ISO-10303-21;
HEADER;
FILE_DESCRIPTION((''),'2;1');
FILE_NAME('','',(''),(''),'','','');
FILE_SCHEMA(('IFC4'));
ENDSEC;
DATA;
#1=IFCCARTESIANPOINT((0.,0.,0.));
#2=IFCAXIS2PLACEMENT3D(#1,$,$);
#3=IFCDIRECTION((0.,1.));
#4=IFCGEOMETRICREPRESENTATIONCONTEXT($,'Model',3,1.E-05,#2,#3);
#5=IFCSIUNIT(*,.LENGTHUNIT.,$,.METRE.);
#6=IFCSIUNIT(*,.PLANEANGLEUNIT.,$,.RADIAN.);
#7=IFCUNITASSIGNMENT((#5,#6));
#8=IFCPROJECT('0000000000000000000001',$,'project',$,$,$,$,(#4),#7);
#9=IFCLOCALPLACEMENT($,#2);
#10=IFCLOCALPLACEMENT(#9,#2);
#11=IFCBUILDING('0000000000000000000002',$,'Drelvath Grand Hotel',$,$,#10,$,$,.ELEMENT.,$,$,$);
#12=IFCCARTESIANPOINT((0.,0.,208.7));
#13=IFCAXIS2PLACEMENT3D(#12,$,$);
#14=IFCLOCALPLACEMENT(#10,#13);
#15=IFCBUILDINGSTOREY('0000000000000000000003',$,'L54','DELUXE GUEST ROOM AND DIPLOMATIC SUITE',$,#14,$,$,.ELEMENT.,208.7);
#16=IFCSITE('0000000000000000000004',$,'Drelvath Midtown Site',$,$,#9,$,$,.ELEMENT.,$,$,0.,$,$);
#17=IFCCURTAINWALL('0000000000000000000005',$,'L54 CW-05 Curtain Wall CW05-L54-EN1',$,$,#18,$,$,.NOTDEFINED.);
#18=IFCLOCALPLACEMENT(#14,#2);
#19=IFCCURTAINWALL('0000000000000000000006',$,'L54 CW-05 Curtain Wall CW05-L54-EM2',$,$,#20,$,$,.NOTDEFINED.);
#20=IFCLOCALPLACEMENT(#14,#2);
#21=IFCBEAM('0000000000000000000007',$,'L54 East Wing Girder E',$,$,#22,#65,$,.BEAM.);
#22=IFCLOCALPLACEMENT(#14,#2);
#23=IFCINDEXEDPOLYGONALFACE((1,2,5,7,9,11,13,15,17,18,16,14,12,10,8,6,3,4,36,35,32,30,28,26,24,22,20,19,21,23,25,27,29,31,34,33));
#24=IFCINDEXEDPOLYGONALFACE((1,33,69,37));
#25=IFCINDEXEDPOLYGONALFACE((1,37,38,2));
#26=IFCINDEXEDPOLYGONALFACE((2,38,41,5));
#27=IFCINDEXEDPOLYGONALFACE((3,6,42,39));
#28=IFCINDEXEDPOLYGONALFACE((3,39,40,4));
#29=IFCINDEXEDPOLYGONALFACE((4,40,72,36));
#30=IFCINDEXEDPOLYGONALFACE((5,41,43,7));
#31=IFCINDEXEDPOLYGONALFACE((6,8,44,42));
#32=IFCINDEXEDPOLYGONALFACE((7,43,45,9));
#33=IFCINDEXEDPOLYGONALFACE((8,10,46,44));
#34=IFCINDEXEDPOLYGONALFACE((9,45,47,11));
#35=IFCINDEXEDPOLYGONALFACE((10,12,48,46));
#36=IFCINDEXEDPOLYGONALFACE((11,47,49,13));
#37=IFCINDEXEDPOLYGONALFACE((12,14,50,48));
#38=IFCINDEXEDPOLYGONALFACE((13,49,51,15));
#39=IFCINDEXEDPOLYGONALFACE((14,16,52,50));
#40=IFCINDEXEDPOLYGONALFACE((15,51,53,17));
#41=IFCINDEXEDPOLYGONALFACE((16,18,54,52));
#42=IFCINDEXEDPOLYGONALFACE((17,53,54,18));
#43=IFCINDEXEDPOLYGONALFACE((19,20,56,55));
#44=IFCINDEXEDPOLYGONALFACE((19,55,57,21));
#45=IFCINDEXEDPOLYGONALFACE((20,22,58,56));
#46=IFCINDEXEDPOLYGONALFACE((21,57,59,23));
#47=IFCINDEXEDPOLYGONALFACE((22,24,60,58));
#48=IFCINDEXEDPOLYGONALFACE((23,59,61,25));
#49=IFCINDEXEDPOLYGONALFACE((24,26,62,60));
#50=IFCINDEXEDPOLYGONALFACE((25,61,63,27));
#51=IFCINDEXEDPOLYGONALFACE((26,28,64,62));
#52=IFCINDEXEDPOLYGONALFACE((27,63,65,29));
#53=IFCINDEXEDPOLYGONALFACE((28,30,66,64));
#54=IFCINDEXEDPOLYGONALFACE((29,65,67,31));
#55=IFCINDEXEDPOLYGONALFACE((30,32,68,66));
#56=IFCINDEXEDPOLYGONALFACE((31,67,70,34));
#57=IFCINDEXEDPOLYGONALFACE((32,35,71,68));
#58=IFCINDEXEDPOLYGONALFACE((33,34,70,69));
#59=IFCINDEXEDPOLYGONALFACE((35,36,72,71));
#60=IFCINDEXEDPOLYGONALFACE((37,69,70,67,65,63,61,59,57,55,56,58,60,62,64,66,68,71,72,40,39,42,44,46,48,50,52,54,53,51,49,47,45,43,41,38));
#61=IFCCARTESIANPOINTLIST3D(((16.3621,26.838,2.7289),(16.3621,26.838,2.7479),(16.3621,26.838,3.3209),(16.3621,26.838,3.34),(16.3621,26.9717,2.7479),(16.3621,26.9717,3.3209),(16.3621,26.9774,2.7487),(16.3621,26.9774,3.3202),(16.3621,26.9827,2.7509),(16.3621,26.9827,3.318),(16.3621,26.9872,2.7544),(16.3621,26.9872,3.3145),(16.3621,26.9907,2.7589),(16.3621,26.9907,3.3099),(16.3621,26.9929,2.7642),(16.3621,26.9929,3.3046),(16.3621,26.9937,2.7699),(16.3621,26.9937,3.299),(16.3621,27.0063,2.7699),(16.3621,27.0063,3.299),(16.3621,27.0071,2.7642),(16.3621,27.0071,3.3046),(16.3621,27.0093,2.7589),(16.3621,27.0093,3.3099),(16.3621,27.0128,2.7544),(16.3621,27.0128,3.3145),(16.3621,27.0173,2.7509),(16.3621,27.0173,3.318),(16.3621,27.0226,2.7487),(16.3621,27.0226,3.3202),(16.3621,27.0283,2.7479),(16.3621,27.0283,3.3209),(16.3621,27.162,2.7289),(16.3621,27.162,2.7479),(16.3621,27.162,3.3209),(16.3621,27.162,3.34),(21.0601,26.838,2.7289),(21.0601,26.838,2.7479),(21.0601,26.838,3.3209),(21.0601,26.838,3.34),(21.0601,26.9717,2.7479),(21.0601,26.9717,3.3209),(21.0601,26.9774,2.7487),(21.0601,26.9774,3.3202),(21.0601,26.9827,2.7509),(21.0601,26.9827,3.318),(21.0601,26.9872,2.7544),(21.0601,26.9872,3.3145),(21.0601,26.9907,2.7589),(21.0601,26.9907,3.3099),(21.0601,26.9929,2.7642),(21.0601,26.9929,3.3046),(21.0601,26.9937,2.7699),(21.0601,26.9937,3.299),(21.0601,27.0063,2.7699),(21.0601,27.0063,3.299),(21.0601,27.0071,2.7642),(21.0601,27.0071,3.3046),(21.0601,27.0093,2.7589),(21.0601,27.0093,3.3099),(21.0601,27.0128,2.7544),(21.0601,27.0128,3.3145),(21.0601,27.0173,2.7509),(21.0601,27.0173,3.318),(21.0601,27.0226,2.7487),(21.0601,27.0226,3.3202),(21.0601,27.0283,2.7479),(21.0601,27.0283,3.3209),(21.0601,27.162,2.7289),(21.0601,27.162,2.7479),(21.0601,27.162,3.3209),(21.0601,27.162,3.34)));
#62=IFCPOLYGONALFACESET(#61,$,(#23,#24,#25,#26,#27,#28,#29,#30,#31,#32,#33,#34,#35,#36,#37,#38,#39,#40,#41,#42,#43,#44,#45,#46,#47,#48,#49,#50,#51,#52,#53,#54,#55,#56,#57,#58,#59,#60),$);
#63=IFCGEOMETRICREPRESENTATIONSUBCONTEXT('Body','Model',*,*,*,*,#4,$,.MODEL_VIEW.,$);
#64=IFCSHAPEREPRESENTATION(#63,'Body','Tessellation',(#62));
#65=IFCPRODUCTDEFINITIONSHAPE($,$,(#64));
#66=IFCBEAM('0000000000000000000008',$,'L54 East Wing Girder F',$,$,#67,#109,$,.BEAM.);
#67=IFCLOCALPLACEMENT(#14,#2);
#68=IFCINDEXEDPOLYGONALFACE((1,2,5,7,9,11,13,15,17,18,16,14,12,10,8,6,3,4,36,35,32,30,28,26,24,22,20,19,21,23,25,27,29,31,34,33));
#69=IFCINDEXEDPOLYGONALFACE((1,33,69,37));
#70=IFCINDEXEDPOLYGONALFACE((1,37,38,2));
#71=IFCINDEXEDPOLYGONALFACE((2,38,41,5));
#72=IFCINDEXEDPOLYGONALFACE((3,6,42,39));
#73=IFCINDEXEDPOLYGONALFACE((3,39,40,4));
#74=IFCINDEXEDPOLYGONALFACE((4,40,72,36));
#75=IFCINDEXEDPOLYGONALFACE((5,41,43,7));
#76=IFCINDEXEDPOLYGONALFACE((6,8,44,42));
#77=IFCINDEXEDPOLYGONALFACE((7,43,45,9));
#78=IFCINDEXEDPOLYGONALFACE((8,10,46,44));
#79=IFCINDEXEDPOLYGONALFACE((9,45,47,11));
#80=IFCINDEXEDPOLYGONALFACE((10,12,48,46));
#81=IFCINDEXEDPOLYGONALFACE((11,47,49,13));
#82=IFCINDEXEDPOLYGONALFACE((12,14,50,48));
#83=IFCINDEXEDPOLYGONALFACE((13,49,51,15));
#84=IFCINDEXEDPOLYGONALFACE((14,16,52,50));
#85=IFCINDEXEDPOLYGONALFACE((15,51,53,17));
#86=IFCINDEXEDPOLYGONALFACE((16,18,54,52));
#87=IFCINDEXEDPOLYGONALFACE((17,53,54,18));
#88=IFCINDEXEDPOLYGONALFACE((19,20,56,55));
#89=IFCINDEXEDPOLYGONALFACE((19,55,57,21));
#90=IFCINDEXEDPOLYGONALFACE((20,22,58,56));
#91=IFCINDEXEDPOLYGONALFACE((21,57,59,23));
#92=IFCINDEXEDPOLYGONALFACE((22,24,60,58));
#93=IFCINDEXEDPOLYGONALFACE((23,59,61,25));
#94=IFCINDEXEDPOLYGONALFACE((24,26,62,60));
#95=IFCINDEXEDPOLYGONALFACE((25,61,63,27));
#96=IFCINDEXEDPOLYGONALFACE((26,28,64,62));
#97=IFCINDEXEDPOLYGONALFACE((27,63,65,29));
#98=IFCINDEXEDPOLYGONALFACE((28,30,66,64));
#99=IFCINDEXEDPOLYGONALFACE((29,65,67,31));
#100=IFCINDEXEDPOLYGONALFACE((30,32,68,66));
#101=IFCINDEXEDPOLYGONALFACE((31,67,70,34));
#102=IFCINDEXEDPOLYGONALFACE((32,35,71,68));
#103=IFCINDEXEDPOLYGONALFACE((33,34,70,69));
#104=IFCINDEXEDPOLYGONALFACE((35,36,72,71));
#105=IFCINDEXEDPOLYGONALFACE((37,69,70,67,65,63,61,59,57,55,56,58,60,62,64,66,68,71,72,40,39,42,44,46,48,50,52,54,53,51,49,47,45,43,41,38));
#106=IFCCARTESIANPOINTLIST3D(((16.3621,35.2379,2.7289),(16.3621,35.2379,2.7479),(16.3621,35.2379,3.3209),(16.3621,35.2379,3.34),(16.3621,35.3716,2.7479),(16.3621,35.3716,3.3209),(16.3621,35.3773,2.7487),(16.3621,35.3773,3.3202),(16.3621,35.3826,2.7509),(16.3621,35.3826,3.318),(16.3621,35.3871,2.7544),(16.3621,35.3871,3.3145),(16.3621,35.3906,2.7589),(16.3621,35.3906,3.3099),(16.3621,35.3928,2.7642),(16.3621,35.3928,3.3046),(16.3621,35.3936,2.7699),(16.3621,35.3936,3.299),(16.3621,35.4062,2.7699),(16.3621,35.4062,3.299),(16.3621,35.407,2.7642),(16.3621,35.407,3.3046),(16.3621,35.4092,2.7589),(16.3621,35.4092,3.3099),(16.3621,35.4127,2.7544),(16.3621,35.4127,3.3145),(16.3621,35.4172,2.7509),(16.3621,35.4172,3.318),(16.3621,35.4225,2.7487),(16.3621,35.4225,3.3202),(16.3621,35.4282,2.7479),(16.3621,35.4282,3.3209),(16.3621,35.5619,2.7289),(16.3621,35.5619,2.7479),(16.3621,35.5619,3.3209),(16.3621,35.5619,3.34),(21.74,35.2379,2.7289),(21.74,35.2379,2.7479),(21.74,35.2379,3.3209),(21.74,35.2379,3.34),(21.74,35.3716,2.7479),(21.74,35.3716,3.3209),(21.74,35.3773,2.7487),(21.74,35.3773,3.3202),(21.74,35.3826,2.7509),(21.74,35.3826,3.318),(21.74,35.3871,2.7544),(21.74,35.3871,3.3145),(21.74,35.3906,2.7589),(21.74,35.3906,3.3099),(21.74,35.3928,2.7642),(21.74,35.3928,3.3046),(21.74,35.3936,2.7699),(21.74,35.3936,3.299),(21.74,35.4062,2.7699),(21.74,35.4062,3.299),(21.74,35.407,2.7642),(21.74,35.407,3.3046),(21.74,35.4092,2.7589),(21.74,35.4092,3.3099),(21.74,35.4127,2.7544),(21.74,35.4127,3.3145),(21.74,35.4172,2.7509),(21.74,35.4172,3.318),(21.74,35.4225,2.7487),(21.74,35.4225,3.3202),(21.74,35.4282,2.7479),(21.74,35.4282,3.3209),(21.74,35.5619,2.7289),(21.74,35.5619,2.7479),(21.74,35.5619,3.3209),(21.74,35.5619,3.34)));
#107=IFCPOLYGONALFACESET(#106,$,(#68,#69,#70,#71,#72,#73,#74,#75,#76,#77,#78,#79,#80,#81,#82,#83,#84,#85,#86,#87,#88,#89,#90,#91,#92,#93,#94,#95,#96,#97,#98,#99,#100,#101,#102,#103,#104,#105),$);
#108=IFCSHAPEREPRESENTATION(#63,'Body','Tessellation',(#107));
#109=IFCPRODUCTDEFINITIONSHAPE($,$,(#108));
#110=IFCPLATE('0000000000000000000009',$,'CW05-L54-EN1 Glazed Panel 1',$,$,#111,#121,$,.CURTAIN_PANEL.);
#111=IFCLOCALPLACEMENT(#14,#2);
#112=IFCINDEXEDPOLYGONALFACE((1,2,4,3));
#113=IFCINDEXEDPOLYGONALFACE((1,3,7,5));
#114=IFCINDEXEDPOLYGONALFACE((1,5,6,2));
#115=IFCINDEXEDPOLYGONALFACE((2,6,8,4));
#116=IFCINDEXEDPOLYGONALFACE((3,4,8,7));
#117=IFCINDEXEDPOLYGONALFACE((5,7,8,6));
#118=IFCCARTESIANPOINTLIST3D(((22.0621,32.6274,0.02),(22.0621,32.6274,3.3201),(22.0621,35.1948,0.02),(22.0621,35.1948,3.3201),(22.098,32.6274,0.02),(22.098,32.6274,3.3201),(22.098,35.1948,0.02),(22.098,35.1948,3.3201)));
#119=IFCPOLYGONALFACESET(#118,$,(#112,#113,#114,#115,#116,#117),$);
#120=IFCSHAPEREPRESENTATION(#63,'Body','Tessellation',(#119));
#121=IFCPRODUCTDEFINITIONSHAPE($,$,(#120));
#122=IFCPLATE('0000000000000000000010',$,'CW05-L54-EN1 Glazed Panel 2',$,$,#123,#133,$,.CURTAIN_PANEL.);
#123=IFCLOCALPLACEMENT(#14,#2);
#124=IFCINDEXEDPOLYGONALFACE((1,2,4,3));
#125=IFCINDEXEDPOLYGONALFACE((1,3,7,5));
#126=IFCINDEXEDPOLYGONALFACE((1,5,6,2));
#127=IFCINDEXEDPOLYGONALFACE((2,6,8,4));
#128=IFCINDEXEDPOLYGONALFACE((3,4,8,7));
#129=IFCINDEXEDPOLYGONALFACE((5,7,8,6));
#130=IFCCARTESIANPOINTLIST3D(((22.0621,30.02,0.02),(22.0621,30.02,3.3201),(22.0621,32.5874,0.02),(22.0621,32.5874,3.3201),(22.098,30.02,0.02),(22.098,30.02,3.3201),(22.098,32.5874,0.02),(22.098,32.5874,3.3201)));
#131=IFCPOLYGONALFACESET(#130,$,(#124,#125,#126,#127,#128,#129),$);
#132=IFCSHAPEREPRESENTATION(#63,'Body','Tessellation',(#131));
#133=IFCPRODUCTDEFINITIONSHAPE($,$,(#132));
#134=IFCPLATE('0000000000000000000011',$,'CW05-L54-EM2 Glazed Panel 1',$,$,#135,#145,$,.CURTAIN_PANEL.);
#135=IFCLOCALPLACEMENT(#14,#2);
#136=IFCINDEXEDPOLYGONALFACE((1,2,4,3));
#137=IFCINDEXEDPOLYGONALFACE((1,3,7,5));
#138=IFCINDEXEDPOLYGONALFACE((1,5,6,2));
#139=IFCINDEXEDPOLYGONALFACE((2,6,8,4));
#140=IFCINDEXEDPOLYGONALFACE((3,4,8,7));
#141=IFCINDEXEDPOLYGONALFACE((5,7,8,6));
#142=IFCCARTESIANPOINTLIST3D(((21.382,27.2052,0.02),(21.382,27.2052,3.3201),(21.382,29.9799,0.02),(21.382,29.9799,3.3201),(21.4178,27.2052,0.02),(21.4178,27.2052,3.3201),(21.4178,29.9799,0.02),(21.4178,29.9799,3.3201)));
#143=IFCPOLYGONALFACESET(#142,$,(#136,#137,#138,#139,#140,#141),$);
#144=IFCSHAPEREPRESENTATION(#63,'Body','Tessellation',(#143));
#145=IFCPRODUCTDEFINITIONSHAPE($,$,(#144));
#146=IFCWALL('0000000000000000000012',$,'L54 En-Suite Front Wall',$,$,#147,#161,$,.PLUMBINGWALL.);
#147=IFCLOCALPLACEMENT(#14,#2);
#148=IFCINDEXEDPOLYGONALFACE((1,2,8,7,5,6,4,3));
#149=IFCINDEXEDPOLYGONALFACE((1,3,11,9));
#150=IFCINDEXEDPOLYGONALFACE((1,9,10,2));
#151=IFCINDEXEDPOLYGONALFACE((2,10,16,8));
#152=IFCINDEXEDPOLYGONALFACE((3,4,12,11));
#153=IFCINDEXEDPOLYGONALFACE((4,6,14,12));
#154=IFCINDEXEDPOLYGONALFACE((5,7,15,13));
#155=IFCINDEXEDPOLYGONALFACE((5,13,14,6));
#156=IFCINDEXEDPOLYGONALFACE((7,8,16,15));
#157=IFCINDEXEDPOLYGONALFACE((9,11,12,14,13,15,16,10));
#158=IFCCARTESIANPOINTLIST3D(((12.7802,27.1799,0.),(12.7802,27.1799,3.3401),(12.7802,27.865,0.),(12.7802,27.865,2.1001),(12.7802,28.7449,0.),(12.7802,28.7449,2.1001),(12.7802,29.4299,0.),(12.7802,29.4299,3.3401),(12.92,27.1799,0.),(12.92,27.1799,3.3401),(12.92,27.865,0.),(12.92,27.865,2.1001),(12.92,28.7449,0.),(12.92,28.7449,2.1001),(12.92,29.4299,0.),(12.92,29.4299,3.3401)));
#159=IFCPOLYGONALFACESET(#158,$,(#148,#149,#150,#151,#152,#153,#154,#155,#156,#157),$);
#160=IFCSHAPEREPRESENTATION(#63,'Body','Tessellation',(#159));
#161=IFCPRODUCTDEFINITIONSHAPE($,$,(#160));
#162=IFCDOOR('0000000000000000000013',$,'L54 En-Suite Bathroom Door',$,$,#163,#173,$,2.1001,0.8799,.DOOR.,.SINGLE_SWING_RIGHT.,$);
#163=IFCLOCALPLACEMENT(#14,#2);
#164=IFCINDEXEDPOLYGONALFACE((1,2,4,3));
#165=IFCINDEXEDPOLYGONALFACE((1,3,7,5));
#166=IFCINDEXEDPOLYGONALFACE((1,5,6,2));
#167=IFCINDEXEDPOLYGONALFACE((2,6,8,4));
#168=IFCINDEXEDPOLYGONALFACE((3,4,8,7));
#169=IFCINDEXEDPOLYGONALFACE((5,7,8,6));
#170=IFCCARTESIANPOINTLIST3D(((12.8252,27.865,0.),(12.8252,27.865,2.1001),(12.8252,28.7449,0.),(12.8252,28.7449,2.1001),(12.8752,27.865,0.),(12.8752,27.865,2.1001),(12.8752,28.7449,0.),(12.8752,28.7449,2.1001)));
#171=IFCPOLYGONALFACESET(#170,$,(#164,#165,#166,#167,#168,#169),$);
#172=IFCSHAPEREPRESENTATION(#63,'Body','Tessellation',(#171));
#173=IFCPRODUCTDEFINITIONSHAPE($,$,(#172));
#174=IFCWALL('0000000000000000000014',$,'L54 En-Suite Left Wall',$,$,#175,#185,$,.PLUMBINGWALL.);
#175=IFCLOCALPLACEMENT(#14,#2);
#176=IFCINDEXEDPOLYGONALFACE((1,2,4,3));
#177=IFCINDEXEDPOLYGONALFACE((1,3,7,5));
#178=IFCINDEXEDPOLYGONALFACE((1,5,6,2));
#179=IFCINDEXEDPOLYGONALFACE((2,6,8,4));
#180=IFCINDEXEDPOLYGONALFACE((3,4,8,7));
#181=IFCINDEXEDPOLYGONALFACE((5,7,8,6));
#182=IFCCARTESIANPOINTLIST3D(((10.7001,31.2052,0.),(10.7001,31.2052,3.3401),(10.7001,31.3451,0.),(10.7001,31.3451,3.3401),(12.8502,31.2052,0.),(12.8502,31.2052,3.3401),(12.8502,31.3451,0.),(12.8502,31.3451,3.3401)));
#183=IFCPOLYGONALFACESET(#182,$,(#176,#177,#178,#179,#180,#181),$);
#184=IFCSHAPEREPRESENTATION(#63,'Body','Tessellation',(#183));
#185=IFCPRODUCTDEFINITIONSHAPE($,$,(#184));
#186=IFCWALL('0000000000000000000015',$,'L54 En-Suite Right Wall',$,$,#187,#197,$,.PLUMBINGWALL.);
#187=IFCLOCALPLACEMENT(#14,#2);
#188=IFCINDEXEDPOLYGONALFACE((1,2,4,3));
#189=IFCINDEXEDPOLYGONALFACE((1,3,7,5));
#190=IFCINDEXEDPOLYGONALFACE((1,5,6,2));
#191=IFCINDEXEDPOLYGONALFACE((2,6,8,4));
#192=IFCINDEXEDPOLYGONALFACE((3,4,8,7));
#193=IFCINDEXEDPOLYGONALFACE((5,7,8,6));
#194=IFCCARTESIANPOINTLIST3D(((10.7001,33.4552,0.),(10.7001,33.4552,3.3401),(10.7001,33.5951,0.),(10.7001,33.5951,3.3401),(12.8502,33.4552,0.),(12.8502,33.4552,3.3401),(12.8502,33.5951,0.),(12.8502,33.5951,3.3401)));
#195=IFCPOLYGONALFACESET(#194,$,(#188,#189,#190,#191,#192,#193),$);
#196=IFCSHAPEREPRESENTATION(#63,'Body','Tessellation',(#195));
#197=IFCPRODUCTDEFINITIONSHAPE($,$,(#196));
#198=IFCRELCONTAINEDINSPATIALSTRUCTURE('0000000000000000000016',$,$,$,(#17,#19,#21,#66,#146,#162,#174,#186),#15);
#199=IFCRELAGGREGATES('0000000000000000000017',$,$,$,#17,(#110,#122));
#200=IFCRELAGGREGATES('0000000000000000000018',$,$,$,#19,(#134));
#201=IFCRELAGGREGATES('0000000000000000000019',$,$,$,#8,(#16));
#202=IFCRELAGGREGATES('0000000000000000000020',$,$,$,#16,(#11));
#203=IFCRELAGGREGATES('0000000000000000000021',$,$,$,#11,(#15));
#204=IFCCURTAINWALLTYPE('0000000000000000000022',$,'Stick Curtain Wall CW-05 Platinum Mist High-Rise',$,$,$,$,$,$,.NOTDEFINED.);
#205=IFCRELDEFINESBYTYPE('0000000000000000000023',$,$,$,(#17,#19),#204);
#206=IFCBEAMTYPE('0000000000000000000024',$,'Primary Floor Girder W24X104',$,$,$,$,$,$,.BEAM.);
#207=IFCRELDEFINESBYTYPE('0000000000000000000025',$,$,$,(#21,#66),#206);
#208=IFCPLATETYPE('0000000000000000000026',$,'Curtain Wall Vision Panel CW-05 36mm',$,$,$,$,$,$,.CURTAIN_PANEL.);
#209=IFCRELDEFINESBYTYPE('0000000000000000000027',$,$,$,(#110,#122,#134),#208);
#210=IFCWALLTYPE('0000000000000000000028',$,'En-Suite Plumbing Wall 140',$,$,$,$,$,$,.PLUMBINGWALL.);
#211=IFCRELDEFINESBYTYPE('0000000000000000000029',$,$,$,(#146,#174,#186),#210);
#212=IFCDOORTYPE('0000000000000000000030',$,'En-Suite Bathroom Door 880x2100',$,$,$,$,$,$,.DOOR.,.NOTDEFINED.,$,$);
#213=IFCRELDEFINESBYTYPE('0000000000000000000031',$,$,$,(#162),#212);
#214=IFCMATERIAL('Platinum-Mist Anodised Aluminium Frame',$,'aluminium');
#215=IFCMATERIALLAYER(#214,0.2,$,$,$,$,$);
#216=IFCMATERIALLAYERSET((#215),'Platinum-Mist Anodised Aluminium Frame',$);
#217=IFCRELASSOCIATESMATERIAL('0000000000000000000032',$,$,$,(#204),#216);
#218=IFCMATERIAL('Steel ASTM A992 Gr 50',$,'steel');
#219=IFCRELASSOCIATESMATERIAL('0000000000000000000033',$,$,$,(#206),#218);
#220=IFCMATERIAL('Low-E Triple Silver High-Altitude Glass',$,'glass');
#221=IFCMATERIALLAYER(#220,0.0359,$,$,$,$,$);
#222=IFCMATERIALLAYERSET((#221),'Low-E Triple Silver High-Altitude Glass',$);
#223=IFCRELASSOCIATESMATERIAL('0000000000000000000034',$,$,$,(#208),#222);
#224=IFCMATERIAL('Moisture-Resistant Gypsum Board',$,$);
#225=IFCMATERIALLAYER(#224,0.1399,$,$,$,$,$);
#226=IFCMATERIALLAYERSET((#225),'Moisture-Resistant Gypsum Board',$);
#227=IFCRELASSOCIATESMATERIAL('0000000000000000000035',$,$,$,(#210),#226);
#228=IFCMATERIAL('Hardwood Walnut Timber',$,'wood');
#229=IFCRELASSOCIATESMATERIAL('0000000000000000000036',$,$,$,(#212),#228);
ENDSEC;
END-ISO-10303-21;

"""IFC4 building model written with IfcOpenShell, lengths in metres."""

from ifc_helpers import new_model, si_unit, direction, frame, frame_2d, origin, origin_2d, place, context, subcontext, project, spatial, rectangle, i_section, extrude, material, layer, layer_set, material_profile, profile_set, type_object, element, fill, aggregate, save


model = new_model("IFC4")

# Units and contexts
model_context = context("Model", 3, precision=1e-05, world=origin(), true_north=direction((0.0, 1.0)))
body_context = subcontext(model_context, "Body", "Model", "MODEL_VIEW")
ifc_project = project(units=[si_unit("LENGTHUNIT", "METRE"), si_unit("PLANEANGLEUNIT", "RADIAN")], contexts=[model_context])

# Site, building, storey
site_placement = place(None, origin())
site = spatial("IfcSite", under=ifc_project, at=site_placement, Name="Drelvath Midtown Site", CompositionType="ELEMENT", RefElevation=0.0)
building_placement = place(site_placement, origin())
building = spatial("IfcBuilding", under=site, at=building_placement, Name="Drelvath Grand Hotel", CompositionType="ELEMENT")
storey_placement = place(building_placement, frame((0.0, 0.0, 208.7)))
storey = spatial("IfcBuildingStorey", under=building, at=storey_placement, Name="L54", Description="DELUXE GUEST ROOM AND DIPLOMATIC SUITE", CompositionType="ELEMENT", Elevation=208.7)

# Curtain walls
ifc_material_1 = material(Name="Platinum-Mist Anodised Aluminium Frame", Category="aluminium")
ifc_layer_1 = layer(ifc_material_1, 0.2)
ifc_layer_set_1 = layer_set([ifc_layer_1], Name="Platinum-Mist Anodised Aluminium Frame")
curtain_wall_type = type_object("IfcCurtainWallType", Name="Stick Curtain Wall CW-05 Platinum Mist High-Rise", PredefinedType="NOTDEFINED", material=ifc_layer_set_1)
curtain_wall_1_placement = place(storey_placement, origin())
curtain_wall_1 = element("IfcCurtainWall", 1, at=curtain_wall_1_placement, inside=storey, type_object=curtain_wall_type, Name="L54 CW-05 Curtain Wall CW05-L54-EN1", PredefinedType="NOTDEFINED")
curtain_wall_2_placement = place(storey_placement, origin())
curtain_wall_2 = element("IfcCurtainWall", 2, at=curtain_wall_2_placement, inside=storey, type_object=curtain_wall_type, Name="L54 CW-05 Curtain Wall CW05-L54-EM2", PredefinedType="NOTDEFINED")

# Beams
ifc_material_2 = material(Name="Steel ASTM A992 Gr 50", Category="steel")
ifc_material_profile_1 = material_profile(ifc_material_2, i_section(OverallWidth=0.324, OverallDepth=0.6111, WebThickness=0.0127, FlangeThickness=0.019, FilletRadius=0.022, at=origin_2d()), Name="W24X104")
ifc_profile_set_1 = profile_set([ifc_material_profile_1], Name="Steel ASTM A992 Gr 50")
beam_type_1 = type_object("IfcBeamType", Name="Primary Floor Girder W24X104", PredefinedType="BEAM", material=ifc_profile_set_1)
beam_1_placement = place(storey_placement, frame((16.3621, 27.0, 3.0344), z_axis=(1.0, 0.0, 0.0), x_axis=(0.0, 1.0, 0.0)))
element("IfcBeam", 3, at=beam_1_placement, inside=storey, type_object=beam_type_1, Name="L54 East Wing Girder E", PredefinedType="BEAM", context=body_context, shape_type="SweptSolid", body=[
    extrude(i_section(OverallWidth=0.324, OverallDepth=0.6111, WebThickness=0.0127, FlangeThickness=0.019, FilletRadius=0.022, at=origin_2d()), origin(), (0.0, 0.0, 1.0), 4.698),
])
beam_2_placement = place(storey_placement, frame((16.3621, 35.3999, 3.0344), z_axis=(1.0, 0.0, 0.0), x_axis=(0.0, 1.0, 0.0)))
element("IfcBeam", 4, at=beam_2_placement, inside=storey, type_object=beam_type_1, Name="L54 East Wing Girder F", PredefinedType="BEAM", context=body_context, shape_type="SweptSolid", body=[
    extrude(i_section(OverallWidth=0.324, OverallDepth=0.6111, WebThickness=0.0127, FlangeThickness=0.019, FilletRadius=0.022, at=origin_2d()), origin(), (0.0, 0.0, 1.0), 5.3779),
])

# Plates
ifc_material_3 = material(Name="Low-E Triple Silver High-Altitude Glass", Category="glass")
ifc_layer_2 = layer(ifc_material_3, 0.0359)
ifc_layer_set_2 = layer_set([ifc_layer_2], Name="Low-E Triple Silver High-Altitude Glass")
plate_type = type_object("IfcPlateType", Name="Curtain Wall Vision Panel CW-05 36mm", PredefinedType="CURTAIN_PANEL", material=ifc_layer_set_2)
plate_1_placement = place(storey_placement, frame((22.0801, 33.9111, 0.02), z_axis=(0.0, 0.0, 1.0), x_axis=(0.0, -1.0, 0.0)))
plate_1 = element("IfcPlate", 5, at=plate_1_placement, type_object=plate_type, Name="CW05-L54-EN1 Glazed Panel 1", PredefinedType="CURTAIN_PANEL", context=body_context, shape_type="SweptSolid", body=[
    extrude(rectangle(XDim=2.5674, YDim=0.0359, at=origin_2d()), origin(), (0.0, 0.0, 1.0), 3.3),
])
plate_2_placement = place(storey_placement, frame((22.0801, 31.3037, 0.02), z_axis=(0.0, 0.0, 1.0), x_axis=(0.0, -1.0, 0.0)))
plate_2 = element("IfcPlate", 6, at=plate_2_placement, type_object=plate_type, Name="CW05-L54-EN1 Glazed Panel 2", PredefinedType="CURTAIN_PANEL", context=body_context, shape_type="SweptSolid", body=[
    extrude(rectangle(XDim=2.5674, YDim=0.0359, at=origin_2d()), origin(), (0.0, 0.0, 1.0), 3.3),
])
aggregate(curtain_wall_1, [plate_1, plate_2])
plate_3_placement = place(storey_placement, frame((21.3999, 28.5925, 0.02), z_axis=(0.0, 0.0, 1.0), x_axis=(0.0, -1.0, 0.0)))
plate_3 = element("IfcPlate", 7, at=plate_3_placement, type_object=plate_type, Name="CW05-L54-EM2 Glazed Panel 1", PredefinedType="CURTAIN_PANEL", context=body_context, shape_type="SweptSolid", body=[
    extrude(rectangle(XDim=2.7747, YDim=0.0359, at=origin_2d()), origin(), (0.0, 0.0, 1.0), 3.3),
])
aggregate(curtain_wall_2, [plate_3])

# Wall, opening, door
ifc_material_4 = material(Name="Moisture-Resistant Gypsum Board")
ifc_layer_3 = layer(ifc_material_4, 0.1399)
ifc_layer_set_3 = layer_set([ifc_layer_3], Name="Moisture-Resistant Gypsum Board")
wall_type_1 = type_object("IfcWallType", Name="En-Suite Plumbing Wall 140", PredefinedType="PLUMBINGWALL", material=ifc_layer_set_3)
wall_1_placement = place(storey_placement, frame((12.8501, 27.1799, 0.0), z_axis=(0.0, 0.0, 1.0), x_axis=(0.0, 1.0, 0.0)))
wall_1 = element("IfcWall", 8, at=wall_1_placement, inside=storey, type_object=wall_type_1, Name="L54 En-Suite Front Wall", PredefinedType="PLUMBINGWALL", context=body_context, shape_type="SweptSolid", body=[
    extrude(rectangle(XDim=2.25, YDim=0.1399, at=frame_2d((1.125, 0.0))), origin(), (0.0, 0.0, 1.0), 3.3401),
])
opening_1_placement = place(wall_1_placement, frame((0.6851, 0.0, 0.0)))
opening_1 = element("IfcOpeningElement", 9, at=opening_1_placement, cuts=wall_1, PredefinedType="OPENING", context=body_context, shape_type="SweptSolid", body=[
    extrude(rectangle(XDim=0.8799, YDim=2.1001, at=frame_2d((0.4399, 1.05))), frame((0.0, 0.0798, 0.0), z_axis=(0.0, -1.0, 0.0), x_axis=(1.0, 0.0, 0.0)), (0.0, 0.0, 1.0), 0.1599),
])
ifc_material_5 = material(Name="Hardwood Walnut Timber", Category="wood")
door_type = type_object("IfcDoorType", Name="En-Suite Bathroom Door 880x2100", OperationType="NOTDEFINED", PredefinedType="DOOR", material=ifc_material_5)
door_1_placement = place(opening_1_placement, origin())
door_1 = element("IfcDoor", 10, at=door_1_placement, inside=storey, type_object=door_type, Name="L54 En-Suite Bathroom Door", OperationType="SINGLE_SWING_RIGHT", OverallHeight=2.1001, OverallWidth=0.8799, PredefinedType="DOOR", context=body_context, shape_type="SweptSolid", body=[
    extrude(rectangle(XDim=0.8799, YDim=2.1001, at=frame_2d((0.4399, 1.05))), frame((0.0, 0.0249, 0.0), z_axis=(0.0, -1.0, 0.0), x_axis=(1.0, 0.0, 0.0)), (0.0, 0.0, 1.0), 0.05),
])
fill(opening_1, door_1)

# Walls
for number, where, z_axis, x_axis, name in (
    (11, (10.7, 31.2751, 0.0), (0.0, 0.0, 1.0), (1.0, 0.0, 0.0), "L54 En-Suite Left Wall"),
    (12, (10.7, 33.5251, 0.0), (0.0, 0.0, 1.0), (1.0, 0.0, 0.0), "L54 En-Suite Right Wall"),
):
    element("IfcWall", number, at=place(storey_placement, frame(where, z_axis=z_axis, x_axis=x_axis)), inside=storey, type_object=wall_type_1, Name=name, PredefinedType="PLUMBINGWALL", context=body_context, shape_type="SweptSolid", body=[
        extrude(rectangle(XDim=2.1501, YDim=0.1399, at=frame_2d((1.0752, 0.0))), origin(), (0.0, 0.0, 1.0), 3.3401),
    ])

save(model, "model.ifc")
